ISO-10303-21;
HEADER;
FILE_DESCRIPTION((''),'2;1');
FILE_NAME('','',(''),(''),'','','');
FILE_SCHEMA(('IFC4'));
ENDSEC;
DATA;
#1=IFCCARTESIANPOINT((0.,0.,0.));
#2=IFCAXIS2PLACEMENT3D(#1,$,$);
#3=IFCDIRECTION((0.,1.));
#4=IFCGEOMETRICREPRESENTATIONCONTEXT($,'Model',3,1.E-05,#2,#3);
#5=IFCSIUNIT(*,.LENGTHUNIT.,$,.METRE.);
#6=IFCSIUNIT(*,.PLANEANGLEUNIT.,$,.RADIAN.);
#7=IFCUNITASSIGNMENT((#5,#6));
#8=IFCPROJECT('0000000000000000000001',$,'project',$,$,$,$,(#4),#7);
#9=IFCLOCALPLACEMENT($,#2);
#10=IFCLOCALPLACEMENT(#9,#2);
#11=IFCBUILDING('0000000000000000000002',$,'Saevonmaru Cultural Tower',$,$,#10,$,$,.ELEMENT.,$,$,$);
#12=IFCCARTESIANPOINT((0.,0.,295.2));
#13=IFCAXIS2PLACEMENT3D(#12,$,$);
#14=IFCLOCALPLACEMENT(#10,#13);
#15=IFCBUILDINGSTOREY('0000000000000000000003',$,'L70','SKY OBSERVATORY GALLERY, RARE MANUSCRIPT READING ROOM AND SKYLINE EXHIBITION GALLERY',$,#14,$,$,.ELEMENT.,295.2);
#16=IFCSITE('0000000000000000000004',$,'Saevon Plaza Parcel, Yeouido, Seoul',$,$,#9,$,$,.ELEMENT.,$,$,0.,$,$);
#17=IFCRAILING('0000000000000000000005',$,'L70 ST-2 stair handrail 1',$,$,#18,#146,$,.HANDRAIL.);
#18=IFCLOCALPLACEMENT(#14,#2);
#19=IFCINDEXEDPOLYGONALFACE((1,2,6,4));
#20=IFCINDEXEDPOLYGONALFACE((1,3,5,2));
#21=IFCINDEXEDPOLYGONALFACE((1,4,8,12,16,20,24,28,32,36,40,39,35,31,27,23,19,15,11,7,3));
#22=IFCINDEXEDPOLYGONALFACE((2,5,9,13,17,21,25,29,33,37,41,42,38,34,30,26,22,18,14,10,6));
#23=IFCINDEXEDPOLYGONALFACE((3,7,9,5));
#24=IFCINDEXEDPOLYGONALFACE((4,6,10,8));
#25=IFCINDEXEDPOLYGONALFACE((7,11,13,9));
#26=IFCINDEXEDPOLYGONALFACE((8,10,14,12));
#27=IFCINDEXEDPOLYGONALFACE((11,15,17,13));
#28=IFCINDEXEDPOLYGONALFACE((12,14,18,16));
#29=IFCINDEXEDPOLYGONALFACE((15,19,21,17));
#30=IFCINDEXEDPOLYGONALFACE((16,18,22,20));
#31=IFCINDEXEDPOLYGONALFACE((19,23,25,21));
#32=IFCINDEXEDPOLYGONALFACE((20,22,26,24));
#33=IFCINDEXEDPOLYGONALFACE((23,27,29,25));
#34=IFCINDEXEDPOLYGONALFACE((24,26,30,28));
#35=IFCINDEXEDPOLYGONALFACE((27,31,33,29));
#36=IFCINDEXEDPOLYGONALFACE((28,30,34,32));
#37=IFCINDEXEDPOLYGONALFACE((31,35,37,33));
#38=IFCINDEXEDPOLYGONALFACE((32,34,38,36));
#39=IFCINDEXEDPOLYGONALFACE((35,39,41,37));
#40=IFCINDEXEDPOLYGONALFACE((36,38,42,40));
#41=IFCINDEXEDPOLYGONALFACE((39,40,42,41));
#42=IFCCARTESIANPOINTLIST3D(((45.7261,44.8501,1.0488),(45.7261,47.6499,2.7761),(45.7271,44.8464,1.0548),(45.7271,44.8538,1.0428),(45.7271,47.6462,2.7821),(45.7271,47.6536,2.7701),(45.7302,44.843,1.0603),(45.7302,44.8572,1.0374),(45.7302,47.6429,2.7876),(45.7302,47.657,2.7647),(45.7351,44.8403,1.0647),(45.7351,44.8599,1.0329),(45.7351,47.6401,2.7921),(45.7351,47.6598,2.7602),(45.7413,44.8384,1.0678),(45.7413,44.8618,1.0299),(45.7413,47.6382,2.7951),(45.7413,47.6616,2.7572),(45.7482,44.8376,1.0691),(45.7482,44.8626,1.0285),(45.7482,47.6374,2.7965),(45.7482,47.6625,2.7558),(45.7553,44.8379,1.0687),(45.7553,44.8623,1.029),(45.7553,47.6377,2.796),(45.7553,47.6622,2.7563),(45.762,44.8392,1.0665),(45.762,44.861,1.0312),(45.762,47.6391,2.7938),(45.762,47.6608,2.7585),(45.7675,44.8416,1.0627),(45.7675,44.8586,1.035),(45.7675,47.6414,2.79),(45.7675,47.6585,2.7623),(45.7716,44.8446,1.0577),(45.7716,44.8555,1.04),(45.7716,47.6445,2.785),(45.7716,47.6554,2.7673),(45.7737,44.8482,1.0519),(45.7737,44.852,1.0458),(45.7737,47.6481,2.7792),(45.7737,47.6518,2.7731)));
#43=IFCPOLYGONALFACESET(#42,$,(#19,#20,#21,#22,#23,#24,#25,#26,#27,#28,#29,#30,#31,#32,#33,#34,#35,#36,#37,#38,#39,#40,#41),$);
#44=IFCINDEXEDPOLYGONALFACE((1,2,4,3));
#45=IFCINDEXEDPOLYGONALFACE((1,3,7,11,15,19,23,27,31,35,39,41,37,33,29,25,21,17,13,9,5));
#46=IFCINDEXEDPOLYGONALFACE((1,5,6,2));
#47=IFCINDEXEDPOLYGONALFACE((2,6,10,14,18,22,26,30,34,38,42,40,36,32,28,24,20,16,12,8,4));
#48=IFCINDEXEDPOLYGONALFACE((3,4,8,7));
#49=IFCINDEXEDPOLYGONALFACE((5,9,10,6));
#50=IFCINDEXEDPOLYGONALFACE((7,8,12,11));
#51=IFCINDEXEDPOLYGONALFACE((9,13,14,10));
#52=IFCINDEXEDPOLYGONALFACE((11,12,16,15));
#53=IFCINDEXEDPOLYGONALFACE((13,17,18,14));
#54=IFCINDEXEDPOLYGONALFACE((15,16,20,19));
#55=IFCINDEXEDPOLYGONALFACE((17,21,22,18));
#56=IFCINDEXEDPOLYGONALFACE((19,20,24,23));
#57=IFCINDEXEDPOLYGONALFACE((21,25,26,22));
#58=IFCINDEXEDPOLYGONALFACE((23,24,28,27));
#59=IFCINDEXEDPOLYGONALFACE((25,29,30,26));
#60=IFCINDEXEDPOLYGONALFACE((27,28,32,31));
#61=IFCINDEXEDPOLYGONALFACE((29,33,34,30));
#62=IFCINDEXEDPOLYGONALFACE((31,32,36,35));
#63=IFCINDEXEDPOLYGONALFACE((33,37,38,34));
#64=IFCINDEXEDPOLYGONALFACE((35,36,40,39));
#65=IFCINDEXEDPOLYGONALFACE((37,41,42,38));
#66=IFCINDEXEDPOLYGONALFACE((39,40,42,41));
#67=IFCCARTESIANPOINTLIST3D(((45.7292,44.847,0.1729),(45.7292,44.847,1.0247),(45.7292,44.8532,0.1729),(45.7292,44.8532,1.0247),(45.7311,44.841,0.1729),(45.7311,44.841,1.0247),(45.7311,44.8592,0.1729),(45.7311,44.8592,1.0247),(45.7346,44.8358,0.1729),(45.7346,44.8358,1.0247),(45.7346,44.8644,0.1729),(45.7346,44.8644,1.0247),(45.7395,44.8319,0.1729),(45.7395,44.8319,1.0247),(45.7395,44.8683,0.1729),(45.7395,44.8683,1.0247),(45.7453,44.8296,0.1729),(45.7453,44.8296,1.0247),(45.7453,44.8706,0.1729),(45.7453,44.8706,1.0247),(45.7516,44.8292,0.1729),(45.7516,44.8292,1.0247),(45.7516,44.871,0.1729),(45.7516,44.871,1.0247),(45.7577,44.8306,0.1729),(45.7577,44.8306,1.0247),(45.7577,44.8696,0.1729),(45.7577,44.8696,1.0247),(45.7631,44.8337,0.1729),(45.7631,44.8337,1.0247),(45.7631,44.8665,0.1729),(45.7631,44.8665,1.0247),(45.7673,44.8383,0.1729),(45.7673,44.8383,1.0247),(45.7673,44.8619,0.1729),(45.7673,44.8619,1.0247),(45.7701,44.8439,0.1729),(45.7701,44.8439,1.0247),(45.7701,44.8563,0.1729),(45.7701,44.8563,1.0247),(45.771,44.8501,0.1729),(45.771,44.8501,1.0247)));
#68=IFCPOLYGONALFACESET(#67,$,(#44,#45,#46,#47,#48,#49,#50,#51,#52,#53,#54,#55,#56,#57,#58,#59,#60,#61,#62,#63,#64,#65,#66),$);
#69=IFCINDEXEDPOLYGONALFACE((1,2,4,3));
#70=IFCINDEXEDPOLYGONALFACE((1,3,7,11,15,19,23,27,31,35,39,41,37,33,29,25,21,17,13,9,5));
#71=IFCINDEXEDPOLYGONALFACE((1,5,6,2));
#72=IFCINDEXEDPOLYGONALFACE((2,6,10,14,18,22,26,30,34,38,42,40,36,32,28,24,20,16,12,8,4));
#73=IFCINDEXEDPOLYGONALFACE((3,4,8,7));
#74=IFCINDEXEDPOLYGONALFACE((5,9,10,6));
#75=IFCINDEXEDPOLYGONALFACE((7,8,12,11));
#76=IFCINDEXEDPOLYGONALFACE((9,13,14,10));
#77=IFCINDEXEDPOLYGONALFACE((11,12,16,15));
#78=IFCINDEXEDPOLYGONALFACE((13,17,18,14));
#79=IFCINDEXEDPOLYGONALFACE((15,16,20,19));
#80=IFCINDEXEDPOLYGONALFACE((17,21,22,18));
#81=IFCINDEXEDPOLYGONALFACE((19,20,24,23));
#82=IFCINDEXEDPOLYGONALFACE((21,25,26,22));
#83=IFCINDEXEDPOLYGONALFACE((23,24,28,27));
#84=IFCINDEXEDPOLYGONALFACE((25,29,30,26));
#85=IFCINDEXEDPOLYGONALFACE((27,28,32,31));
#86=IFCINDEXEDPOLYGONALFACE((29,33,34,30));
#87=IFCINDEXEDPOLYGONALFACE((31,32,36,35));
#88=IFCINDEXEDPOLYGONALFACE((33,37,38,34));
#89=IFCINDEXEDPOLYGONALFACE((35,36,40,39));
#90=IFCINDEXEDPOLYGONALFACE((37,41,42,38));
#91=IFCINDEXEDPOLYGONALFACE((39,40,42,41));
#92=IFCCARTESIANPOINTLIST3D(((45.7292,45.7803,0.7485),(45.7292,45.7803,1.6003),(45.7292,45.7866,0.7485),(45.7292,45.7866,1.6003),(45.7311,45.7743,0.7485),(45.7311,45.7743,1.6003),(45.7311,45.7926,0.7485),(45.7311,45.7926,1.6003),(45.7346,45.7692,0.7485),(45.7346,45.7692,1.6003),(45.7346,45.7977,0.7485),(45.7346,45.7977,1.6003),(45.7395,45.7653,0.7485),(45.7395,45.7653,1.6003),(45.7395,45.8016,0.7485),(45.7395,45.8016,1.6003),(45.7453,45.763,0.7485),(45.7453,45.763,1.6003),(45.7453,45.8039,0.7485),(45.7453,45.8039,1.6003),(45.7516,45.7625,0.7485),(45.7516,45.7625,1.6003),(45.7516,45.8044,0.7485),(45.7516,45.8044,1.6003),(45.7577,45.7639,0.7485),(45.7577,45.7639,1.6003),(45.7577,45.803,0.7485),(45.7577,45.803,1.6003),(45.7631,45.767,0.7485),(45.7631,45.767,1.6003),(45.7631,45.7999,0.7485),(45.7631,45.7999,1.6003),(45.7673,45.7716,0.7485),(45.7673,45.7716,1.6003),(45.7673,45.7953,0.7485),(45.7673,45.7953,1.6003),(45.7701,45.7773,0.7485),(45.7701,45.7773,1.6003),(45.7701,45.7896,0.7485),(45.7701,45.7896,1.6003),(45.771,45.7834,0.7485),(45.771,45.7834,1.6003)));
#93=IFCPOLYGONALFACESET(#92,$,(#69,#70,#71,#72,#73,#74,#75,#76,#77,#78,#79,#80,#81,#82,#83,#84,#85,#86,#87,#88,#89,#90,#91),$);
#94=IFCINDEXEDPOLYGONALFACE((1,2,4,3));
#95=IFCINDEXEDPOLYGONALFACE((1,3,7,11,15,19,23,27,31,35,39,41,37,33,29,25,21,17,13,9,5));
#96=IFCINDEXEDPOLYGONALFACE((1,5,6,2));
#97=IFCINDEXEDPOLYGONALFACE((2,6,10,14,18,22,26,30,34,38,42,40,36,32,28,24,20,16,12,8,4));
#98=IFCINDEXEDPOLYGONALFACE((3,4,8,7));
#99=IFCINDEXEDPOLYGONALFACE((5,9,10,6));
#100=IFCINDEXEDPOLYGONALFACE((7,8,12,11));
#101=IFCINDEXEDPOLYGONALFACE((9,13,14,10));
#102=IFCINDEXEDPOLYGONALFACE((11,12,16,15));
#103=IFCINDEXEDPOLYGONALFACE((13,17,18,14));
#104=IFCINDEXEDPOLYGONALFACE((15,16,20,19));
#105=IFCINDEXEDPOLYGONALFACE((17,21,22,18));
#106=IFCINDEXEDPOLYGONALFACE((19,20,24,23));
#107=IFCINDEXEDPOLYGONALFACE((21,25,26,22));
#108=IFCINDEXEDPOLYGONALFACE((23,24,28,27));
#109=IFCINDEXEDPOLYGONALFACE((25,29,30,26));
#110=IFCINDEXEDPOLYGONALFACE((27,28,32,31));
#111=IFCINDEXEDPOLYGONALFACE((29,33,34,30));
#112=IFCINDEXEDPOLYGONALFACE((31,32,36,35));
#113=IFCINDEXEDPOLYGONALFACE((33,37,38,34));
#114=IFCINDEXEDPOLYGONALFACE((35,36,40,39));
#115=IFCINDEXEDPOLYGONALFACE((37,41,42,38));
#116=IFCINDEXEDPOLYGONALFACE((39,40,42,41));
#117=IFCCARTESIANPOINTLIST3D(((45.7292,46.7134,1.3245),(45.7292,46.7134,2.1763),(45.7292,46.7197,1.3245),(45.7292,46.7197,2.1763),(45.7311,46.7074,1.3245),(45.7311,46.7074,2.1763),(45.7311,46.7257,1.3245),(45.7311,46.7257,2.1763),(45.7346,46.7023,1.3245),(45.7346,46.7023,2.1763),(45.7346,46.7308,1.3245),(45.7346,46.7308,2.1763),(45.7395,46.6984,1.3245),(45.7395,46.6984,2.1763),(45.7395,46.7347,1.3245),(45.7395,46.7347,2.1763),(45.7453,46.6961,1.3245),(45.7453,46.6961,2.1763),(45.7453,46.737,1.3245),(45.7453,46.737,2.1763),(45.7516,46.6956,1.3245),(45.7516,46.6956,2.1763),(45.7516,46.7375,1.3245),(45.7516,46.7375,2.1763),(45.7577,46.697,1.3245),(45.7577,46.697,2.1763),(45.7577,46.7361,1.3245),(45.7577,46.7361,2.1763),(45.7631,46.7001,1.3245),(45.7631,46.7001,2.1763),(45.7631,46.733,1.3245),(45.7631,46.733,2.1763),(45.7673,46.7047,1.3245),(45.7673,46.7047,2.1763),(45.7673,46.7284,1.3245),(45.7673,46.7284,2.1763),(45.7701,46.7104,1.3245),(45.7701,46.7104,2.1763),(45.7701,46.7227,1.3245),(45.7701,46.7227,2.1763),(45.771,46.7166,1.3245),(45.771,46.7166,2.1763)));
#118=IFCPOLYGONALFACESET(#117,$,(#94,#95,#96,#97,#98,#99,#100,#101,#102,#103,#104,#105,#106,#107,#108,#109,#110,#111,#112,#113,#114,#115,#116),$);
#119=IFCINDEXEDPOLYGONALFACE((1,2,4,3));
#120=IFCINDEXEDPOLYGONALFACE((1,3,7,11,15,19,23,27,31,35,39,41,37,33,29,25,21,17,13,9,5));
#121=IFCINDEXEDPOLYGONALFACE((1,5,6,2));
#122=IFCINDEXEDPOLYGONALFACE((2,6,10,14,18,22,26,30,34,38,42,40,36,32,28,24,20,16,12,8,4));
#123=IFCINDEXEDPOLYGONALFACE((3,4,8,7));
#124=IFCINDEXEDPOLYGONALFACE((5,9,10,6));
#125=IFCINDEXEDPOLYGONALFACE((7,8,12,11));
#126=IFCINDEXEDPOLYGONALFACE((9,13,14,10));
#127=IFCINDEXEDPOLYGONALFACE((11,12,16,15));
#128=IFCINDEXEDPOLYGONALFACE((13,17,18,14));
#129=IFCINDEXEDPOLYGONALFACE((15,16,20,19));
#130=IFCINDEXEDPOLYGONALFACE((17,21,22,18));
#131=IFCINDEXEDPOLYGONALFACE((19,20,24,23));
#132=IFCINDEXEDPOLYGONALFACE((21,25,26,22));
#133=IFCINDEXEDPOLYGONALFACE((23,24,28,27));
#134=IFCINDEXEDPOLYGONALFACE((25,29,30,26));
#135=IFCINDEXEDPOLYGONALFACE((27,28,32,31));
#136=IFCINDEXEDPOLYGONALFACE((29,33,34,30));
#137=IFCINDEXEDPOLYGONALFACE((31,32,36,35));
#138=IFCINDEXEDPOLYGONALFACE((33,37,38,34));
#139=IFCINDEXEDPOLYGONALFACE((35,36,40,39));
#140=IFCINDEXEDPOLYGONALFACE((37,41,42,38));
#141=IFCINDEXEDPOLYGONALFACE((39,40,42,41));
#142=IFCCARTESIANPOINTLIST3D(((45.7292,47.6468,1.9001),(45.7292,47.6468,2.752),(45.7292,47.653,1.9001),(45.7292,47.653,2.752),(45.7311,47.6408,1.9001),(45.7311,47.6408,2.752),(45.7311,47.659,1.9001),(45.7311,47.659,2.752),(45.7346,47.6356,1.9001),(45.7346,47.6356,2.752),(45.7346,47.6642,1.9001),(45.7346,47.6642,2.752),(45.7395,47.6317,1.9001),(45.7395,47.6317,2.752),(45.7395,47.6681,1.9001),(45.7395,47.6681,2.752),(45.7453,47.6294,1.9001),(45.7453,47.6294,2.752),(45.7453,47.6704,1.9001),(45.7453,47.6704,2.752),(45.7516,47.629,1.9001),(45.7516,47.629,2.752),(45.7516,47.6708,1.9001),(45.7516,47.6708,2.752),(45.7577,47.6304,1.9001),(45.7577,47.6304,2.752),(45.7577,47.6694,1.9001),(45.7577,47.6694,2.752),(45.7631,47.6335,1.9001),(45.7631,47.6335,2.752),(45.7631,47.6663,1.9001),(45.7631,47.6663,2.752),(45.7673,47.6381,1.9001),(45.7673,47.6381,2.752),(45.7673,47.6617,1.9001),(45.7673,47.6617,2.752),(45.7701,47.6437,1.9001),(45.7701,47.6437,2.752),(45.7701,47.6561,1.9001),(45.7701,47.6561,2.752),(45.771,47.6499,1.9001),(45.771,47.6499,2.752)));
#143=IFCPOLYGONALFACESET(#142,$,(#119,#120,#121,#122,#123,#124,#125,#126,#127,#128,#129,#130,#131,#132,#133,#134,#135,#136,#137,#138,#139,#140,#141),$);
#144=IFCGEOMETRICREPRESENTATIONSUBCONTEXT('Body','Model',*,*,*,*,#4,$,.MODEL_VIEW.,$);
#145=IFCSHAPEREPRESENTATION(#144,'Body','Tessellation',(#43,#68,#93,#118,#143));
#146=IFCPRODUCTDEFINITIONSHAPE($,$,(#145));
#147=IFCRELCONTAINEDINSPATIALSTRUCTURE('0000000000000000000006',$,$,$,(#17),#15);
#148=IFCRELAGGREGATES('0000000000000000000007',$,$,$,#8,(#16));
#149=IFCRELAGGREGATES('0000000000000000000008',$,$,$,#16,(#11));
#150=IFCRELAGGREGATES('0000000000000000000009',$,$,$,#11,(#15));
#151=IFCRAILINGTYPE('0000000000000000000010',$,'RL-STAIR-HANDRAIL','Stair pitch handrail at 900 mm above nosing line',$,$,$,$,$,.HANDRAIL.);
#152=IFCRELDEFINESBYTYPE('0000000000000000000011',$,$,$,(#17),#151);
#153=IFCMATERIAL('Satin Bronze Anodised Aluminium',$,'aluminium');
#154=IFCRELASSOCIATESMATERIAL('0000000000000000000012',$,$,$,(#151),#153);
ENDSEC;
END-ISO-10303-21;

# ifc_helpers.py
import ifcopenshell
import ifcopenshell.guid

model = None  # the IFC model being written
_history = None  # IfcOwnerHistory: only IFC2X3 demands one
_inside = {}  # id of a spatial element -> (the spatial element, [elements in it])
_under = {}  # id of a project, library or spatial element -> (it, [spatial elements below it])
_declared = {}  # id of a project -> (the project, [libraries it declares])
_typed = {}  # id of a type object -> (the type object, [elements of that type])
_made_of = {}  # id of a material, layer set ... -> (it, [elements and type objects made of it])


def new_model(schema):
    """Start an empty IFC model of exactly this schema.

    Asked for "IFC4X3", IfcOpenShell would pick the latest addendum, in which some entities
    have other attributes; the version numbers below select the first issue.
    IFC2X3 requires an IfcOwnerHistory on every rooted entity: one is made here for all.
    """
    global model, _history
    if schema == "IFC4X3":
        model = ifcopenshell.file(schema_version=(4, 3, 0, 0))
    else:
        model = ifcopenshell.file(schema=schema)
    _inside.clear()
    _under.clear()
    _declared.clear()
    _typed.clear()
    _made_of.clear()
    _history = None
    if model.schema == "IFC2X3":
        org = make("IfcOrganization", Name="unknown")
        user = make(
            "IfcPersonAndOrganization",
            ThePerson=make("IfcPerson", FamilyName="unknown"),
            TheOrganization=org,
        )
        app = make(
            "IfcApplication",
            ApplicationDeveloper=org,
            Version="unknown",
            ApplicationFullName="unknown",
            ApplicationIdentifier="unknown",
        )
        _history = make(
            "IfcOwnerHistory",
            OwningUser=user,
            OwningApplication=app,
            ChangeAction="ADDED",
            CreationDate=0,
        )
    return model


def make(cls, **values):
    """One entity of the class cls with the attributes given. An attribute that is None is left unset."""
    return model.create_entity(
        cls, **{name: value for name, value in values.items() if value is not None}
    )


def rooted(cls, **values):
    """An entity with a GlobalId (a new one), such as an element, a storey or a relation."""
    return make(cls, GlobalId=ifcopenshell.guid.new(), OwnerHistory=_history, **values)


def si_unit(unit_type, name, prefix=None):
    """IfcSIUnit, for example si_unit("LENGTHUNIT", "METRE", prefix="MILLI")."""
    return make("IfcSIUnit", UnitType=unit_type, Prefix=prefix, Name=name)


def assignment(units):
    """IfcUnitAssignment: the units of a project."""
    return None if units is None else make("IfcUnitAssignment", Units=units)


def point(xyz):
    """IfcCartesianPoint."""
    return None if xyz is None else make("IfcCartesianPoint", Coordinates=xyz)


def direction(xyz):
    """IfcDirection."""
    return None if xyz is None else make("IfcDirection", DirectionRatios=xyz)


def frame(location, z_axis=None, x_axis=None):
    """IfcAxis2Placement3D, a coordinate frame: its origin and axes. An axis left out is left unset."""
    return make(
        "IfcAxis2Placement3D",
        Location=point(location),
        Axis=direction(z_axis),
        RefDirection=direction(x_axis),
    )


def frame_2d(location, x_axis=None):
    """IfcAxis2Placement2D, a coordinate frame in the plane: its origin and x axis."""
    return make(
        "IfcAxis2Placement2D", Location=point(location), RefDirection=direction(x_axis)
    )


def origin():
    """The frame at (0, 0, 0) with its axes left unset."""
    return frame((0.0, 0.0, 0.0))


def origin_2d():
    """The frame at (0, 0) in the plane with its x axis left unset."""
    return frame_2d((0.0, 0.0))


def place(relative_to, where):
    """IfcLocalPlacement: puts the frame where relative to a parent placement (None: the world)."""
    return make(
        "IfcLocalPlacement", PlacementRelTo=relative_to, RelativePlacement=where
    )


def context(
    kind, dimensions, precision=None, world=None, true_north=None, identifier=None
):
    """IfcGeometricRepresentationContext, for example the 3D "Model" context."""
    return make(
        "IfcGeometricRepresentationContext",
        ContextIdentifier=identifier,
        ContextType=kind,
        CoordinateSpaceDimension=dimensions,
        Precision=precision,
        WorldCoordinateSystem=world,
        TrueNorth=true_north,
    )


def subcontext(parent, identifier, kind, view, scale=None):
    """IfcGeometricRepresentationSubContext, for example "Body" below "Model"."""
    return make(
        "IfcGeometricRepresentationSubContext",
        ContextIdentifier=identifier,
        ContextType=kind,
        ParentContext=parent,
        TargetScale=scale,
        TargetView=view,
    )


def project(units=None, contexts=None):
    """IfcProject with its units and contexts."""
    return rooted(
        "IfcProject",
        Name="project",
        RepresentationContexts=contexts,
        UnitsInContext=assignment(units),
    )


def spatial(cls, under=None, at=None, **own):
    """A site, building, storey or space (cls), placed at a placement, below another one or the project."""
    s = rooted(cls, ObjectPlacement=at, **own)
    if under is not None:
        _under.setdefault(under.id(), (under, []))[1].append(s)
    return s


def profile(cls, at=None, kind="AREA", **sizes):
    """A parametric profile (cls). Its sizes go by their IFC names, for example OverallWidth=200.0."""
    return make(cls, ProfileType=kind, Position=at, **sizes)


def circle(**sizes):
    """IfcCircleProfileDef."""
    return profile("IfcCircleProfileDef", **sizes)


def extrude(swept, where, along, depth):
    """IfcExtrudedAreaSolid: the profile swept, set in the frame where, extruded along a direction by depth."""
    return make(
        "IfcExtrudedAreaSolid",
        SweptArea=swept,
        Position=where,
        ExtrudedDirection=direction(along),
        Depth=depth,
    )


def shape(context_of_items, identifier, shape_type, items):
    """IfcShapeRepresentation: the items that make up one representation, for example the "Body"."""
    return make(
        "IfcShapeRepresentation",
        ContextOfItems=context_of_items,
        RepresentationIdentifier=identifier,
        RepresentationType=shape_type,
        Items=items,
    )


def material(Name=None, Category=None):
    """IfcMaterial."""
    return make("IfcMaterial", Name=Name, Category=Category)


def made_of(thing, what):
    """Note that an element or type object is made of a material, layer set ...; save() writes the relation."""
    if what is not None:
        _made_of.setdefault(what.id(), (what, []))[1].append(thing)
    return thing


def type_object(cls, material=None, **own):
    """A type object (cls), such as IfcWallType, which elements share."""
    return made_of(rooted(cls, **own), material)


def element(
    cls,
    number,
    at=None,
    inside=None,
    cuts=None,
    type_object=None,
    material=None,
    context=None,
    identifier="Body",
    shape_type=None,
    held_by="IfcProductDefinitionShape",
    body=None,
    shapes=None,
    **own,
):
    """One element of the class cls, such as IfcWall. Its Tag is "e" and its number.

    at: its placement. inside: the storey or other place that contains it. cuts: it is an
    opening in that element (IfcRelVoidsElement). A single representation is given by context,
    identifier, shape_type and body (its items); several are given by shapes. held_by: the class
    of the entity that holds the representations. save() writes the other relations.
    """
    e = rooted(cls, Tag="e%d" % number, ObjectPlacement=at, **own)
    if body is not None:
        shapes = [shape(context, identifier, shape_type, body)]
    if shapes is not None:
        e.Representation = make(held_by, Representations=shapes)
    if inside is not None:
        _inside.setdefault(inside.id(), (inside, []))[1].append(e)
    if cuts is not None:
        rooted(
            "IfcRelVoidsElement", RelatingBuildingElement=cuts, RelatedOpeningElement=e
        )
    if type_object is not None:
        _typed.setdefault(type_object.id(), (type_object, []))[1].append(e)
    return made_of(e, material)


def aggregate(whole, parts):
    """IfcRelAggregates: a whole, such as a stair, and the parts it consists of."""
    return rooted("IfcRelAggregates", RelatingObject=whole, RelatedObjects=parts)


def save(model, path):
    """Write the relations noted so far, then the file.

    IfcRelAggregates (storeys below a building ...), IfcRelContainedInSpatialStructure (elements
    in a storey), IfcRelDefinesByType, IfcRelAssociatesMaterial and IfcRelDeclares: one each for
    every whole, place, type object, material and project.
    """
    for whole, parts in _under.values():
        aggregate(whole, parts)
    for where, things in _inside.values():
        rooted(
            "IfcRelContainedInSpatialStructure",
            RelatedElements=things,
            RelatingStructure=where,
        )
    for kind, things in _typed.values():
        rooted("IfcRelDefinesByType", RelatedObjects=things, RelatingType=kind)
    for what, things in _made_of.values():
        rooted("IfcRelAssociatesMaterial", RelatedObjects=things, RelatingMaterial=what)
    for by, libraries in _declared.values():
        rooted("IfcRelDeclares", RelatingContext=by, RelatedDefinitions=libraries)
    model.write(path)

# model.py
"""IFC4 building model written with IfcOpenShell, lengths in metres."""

from ifc_helpers import new_model, si_unit, direction, frame, origin, origin_2d, place, context, subcontext, project, spatial, circle, extrude, material, type_object, element, save


model = new_model("IFC4")

# Units and contexts
model_context = context("Model", 3, precision=1e-05, world=origin(), true_north=direction((0.0, 1.0)))
body_context = subcontext(model_context, "Body", "Model", "MODEL_VIEW")
ifc_project = project(units=[si_unit("LENGTHUNIT", "METRE"), si_unit("PLANEANGLEUNIT", "RADIAN")], contexts=[model_context])

# Site, building, storey
site_placement = place(None, origin())
site = spatial("IfcSite", under=ifc_project, at=site_placement, Name="Saevon Plaza Parcel, Yeouido, Seoul", CompositionType="ELEMENT", RefElevation=0.0)
building_placement = place(site_placement, origin())
building = spatial("IfcBuilding", under=site, at=building_placement, Name="Saevonmaru Cultural Tower", CompositionType="ELEMENT")
storey_placement = place(building_placement, frame((0.0, 0.0, 295.2)))
storey = spatial("IfcBuildingStorey", under=building, at=storey_placement, Name="L70", Description="SKY OBSERVATORY GALLERY, RARE MANUSCRIPT READING ROOM AND SKYLINE EXHIBITION GALLERY", CompositionType="ELEMENT", Elevation=295.2)

# Shared definitions
ifc_material_1 = material(Name="Satin Bronze Anodised Aluminium", Category="aluminium")

# Railing
railing_type_1 = type_object("IfcRailingType", Name="RL-STAIR-HANDRAIL", Description="Stair pitch handrail at 900 mm above nosing line", PredefinedType="HANDRAIL", material=ifc_material_1)
railing_1_placement = place(storey_placement, frame((45.75, 44.8501, 0.1729)))
element("IfcRailing", 1, at=railing_1_placement, inside=storey, type_object=railing_type_1, Name="L70 ST-2 stair handrail 1", PredefinedType="HANDRAIL", context=body_context, shape_type="SweptSolid", body=[
    extrude(circle(Radius=0.0239, at=origin_2d()), frame((0.0, 0.0, 0.876), z_axis=(0.0, 0.851069, 0.525054), x_axis=(-1.0, 0.0, 0.0)), (0.0, 0.0, 1.0), 3.2898),
    extrude(circle(Radius=0.021, at=origin_2d()), origin(), (0.0, 0.0, 1.0), 0.8518),
    extrude(circle(Radius=0.021, at=origin_2d()), frame((0.0, 0.9333, 0.5757)), (0.0, 0.0, 1.0), 0.8518),
    extrude(circle(Radius=0.021, at=origin_2d()), frame((0.0, 1.8665, 1.1516)), (0.0, 0.0, 1.0), 0.8518),
    extrude(circle(Radius=0.021, at=origin_2d()), frame((0.0, 2.7998, 1.7273)), (0.0, 0.0, 1.0), 0.8518),
])

save(model, "model.ifc")
